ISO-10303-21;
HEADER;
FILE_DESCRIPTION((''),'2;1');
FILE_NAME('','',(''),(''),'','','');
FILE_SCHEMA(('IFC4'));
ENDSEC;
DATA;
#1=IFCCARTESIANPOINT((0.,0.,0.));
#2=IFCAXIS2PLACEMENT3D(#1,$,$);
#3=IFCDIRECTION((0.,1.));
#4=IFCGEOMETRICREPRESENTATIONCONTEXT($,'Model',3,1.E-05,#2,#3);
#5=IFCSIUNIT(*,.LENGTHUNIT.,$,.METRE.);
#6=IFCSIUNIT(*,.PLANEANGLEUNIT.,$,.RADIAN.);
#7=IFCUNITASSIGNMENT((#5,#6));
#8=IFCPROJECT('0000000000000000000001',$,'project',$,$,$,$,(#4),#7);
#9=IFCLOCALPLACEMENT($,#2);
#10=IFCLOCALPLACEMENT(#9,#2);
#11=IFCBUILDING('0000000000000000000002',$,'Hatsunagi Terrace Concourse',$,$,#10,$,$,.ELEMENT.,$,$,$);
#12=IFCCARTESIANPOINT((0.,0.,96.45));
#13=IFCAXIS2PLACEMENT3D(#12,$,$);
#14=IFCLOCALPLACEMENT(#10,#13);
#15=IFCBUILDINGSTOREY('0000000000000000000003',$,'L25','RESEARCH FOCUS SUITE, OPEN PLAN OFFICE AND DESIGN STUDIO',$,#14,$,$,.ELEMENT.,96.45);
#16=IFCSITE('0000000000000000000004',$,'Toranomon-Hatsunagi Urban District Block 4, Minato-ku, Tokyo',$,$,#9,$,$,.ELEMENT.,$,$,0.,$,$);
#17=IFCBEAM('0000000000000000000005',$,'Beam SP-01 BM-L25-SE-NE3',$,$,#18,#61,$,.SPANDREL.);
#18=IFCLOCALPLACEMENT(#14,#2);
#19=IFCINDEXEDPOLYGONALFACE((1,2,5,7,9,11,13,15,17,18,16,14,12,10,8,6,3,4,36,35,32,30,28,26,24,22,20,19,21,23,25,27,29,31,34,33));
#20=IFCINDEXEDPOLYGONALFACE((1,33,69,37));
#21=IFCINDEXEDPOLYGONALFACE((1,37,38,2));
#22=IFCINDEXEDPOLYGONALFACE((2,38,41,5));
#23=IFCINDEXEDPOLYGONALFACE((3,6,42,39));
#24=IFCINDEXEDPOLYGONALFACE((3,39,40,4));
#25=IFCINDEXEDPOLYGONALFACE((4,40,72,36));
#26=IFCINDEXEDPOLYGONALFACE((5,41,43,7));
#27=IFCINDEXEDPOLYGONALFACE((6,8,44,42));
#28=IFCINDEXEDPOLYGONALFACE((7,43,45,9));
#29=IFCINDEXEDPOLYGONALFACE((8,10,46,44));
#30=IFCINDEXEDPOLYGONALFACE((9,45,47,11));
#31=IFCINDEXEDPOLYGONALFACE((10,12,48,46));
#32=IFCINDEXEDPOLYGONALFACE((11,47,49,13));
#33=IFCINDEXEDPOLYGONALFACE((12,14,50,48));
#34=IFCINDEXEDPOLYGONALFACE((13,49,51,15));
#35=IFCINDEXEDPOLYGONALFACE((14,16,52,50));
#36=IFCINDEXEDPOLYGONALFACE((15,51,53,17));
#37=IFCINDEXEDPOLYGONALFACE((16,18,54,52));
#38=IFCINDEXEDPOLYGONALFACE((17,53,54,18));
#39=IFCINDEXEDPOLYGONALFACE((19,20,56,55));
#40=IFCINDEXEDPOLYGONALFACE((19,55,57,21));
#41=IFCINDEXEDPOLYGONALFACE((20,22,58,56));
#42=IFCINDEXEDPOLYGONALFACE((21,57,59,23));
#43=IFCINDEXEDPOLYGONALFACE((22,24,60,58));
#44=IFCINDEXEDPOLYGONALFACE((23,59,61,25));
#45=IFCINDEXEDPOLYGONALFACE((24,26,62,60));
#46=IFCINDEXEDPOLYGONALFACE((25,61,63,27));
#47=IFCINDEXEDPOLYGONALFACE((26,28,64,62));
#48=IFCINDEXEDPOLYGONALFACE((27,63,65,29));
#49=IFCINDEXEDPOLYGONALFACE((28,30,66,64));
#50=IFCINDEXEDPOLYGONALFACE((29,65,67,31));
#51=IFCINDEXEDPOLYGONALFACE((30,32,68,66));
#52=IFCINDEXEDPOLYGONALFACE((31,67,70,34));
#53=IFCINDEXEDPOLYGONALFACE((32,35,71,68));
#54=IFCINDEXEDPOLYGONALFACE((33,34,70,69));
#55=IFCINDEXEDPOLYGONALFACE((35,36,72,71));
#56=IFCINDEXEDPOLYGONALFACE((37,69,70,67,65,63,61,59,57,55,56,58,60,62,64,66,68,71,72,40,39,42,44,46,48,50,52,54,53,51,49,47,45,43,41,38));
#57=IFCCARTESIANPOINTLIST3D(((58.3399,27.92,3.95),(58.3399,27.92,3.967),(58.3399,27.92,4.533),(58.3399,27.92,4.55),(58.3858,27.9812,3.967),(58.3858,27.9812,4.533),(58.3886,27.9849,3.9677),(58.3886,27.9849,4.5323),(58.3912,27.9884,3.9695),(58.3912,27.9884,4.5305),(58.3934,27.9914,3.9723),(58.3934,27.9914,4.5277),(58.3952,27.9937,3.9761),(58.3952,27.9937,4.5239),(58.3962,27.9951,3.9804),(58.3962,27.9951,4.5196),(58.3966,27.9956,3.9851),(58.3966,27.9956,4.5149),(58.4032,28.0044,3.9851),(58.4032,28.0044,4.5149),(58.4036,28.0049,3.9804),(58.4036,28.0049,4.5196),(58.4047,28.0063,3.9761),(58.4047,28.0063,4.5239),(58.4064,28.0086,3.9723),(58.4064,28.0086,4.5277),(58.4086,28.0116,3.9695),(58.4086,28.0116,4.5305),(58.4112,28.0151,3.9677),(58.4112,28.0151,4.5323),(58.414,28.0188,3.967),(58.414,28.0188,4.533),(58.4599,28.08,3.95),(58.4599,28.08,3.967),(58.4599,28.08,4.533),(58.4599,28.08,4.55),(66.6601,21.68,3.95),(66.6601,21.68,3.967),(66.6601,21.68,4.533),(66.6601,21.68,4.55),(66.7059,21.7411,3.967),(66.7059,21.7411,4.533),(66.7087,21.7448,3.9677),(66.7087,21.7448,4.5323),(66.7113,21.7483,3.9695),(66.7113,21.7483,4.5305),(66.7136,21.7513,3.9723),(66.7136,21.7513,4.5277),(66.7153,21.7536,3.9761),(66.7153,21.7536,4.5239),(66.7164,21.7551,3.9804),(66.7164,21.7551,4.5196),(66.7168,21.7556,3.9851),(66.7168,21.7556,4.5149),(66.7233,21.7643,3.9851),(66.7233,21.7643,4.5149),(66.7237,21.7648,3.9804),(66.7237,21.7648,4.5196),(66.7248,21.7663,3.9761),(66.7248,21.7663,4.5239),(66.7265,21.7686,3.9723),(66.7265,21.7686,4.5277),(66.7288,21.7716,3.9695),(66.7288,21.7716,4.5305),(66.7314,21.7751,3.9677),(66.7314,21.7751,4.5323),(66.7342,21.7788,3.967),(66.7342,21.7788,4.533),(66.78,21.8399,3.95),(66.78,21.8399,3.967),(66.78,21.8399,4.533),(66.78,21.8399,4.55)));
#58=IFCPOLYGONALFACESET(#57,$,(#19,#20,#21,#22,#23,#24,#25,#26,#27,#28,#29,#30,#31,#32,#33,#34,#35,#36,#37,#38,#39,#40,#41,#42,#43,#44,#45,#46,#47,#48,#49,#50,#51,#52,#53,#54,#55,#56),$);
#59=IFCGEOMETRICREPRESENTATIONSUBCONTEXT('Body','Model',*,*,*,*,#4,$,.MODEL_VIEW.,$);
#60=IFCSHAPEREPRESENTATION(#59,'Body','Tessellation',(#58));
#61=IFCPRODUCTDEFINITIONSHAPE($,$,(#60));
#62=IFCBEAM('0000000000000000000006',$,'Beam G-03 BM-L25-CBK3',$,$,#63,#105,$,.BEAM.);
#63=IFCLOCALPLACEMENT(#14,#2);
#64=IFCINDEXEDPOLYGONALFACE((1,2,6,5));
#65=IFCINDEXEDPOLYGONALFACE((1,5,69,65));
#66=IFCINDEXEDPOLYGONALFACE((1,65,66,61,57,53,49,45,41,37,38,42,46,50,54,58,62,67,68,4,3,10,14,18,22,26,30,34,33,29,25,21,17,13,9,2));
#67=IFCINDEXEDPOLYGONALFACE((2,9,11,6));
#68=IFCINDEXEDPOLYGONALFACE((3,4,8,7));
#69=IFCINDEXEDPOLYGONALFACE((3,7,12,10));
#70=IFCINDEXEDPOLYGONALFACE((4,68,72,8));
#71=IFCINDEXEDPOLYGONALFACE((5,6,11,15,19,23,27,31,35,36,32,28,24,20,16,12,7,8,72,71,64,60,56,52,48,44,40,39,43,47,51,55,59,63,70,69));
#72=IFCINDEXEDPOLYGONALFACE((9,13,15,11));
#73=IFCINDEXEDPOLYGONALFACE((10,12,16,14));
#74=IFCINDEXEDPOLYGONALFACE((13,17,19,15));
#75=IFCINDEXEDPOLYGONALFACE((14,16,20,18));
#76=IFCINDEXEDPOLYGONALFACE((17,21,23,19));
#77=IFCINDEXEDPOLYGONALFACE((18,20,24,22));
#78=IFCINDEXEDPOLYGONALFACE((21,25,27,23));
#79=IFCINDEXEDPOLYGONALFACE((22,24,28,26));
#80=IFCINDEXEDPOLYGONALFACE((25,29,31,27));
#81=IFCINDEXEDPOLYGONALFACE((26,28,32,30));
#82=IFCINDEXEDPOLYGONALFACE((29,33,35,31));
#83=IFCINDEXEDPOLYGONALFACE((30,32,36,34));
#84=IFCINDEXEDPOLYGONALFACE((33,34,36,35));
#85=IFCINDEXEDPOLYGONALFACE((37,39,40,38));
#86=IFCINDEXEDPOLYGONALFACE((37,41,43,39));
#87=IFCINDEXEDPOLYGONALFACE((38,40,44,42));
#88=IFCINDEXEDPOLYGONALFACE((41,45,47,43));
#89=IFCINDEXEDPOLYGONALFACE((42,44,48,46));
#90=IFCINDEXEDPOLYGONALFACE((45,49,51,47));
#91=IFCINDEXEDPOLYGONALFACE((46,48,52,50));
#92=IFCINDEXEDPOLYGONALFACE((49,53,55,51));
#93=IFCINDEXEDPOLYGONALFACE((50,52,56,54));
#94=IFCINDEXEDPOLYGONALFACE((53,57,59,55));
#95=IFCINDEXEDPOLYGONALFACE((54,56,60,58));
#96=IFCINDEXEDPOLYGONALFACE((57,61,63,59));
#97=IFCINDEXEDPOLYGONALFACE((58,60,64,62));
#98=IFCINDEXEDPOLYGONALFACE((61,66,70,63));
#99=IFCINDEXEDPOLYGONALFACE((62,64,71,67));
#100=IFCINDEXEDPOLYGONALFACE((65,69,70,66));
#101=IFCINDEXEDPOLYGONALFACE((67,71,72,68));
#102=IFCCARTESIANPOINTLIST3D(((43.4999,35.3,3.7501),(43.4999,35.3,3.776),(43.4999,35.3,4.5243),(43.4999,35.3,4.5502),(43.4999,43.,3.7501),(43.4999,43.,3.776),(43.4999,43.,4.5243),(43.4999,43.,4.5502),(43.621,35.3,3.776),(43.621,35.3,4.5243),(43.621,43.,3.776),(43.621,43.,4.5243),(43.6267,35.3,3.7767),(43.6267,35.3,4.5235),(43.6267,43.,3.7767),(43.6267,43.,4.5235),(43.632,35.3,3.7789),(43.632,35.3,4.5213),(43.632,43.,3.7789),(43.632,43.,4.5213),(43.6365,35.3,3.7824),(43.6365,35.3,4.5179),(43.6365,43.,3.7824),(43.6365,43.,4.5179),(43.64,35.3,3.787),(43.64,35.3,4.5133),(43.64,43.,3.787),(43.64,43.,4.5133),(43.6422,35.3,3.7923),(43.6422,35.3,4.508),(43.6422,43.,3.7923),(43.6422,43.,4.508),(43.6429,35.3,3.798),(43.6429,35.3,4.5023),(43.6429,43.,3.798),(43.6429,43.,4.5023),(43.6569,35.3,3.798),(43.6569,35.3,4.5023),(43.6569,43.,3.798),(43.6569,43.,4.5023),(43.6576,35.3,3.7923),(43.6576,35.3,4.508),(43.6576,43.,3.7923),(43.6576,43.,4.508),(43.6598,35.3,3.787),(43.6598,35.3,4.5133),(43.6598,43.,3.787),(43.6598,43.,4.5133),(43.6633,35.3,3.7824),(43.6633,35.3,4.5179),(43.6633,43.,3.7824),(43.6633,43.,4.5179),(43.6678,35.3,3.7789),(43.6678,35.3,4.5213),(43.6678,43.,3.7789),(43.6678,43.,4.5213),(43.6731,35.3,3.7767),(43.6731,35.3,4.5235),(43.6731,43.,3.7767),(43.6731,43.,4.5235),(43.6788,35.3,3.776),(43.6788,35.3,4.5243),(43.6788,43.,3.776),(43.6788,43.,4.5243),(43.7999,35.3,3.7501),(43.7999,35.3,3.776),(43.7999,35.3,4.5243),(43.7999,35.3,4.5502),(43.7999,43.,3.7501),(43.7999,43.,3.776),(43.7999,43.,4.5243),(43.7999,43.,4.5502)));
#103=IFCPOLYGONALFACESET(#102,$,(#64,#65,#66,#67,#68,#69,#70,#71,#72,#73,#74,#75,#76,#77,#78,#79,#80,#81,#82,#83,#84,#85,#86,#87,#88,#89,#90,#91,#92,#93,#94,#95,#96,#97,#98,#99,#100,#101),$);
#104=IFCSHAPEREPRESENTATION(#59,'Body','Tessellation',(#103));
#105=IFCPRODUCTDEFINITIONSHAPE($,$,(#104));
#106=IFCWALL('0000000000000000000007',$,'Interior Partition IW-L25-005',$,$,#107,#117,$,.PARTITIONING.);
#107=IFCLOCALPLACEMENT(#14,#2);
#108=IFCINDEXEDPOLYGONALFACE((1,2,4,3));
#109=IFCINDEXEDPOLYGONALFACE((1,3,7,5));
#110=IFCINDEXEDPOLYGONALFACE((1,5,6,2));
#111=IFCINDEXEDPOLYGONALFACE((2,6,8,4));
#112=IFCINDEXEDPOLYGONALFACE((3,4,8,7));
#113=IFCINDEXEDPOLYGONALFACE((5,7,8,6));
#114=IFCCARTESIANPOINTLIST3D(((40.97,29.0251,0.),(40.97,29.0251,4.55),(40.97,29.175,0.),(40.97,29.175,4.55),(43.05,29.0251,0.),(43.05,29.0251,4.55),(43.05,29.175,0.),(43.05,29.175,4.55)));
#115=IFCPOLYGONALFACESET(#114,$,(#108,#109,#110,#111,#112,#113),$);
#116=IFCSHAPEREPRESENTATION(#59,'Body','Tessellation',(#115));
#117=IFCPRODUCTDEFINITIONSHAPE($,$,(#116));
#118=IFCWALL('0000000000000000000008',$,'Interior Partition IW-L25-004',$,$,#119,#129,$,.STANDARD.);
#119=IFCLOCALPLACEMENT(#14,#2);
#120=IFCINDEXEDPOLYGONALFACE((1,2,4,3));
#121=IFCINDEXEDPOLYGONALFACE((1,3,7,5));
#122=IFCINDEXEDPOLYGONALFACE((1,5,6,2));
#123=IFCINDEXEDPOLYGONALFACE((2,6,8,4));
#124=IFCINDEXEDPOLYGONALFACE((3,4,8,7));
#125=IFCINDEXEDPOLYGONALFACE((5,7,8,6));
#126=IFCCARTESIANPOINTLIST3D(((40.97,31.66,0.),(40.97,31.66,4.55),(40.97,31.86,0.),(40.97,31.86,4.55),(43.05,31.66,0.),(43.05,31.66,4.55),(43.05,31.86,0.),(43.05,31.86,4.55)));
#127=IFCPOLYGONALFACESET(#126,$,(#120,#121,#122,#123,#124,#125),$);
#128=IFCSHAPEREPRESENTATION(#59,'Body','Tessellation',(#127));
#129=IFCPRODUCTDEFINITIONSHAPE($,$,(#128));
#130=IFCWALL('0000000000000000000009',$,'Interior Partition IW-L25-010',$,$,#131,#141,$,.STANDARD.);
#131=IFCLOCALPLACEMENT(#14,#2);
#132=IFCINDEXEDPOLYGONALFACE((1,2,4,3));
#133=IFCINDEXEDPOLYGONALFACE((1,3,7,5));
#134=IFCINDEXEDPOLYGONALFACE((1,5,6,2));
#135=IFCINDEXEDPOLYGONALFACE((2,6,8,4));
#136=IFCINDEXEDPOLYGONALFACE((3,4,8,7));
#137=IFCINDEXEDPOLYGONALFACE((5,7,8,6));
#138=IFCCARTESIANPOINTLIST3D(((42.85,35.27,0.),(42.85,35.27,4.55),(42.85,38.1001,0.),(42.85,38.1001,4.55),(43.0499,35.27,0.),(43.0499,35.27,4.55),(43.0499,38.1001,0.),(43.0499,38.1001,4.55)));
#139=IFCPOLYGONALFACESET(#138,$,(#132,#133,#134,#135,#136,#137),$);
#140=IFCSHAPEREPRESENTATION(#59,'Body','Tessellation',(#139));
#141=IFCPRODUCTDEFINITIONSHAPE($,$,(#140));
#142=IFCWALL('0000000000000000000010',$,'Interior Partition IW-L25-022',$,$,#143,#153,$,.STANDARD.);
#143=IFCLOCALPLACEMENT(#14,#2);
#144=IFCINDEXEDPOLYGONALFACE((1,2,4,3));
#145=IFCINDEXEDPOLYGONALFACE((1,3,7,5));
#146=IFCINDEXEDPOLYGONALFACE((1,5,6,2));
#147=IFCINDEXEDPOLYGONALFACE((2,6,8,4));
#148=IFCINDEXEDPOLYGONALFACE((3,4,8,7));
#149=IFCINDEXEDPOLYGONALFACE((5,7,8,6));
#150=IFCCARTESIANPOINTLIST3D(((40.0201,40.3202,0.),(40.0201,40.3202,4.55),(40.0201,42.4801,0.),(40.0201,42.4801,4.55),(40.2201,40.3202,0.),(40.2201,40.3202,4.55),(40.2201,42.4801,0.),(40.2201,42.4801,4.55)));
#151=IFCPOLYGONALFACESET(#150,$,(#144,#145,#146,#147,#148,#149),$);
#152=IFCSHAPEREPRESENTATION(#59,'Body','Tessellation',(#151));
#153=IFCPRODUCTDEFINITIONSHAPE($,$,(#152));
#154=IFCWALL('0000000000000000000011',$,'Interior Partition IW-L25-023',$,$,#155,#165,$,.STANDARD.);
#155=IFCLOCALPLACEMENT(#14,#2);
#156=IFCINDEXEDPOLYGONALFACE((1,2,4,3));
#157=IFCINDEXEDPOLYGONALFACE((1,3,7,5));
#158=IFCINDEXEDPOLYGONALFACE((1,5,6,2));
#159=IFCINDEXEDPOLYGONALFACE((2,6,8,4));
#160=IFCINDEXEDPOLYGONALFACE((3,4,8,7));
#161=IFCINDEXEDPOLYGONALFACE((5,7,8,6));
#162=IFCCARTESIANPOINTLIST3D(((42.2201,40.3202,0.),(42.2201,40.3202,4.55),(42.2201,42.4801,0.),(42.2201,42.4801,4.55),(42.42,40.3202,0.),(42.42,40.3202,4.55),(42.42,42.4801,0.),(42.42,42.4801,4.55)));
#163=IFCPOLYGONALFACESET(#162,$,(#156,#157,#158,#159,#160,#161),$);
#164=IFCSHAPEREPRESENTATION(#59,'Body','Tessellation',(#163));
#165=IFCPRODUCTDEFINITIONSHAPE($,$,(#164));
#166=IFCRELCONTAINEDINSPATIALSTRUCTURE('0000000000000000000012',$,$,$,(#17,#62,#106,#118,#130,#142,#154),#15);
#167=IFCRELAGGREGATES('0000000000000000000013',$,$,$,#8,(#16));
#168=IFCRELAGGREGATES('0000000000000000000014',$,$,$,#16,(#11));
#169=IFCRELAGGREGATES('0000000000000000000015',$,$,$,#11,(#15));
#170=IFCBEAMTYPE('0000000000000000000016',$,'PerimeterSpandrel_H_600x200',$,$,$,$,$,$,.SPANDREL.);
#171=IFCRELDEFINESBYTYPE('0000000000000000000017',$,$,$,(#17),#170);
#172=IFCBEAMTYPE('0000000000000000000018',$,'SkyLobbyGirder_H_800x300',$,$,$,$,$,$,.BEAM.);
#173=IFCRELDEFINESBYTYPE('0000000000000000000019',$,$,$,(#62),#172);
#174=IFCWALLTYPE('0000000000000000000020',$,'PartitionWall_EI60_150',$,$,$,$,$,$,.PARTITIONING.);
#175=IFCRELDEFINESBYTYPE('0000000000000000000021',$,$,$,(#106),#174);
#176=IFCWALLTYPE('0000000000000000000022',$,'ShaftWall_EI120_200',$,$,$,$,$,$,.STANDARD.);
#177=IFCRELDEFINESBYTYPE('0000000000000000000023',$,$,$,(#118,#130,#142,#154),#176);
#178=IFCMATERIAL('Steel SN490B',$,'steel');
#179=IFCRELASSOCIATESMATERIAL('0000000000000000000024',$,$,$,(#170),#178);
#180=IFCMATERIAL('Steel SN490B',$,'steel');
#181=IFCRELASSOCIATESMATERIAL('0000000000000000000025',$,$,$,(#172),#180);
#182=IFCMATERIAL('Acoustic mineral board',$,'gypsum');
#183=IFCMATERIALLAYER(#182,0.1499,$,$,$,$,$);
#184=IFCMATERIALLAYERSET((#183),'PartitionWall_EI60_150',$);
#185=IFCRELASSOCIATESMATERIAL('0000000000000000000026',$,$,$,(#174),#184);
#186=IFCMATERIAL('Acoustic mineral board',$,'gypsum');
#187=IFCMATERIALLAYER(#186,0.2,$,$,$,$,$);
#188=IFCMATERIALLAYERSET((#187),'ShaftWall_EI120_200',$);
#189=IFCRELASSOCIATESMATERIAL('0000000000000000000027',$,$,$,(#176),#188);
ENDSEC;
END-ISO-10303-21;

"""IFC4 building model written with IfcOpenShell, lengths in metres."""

from ifc_helpers import new_model, si_unit, direction, frame, frame_2d, origin, origin_2d, place, context, subcontext, project, spatial, rectangle, i_section, extrude, material, layer, layer_set, material_profile, profile_set, type_object, element, save


model = new_model("IFC4")

# Units and contexts
model_context = context("Model", 3, precision=1e-05, world=origin(), true_north=direction((0.0, 1.0)))
body_context = subcontext(model_context, "Body", "Model", "MODEL_VIEW")
ifc_project = project(units=[si_unit("LENGTHUNIT", "METRE"), si_unit("PLANEANGLEUNIT", "RADIAN")], contexts=[model_context])

# Site, building, storey
site_placement = place(None, origin())
site = spatial("IfcSite", under=ifc_project, at=site_placement, Name="Toranomon-Hatsunagi Urban District Block 4, Minato-ku, Tokyo", CompositionType="ELEMENT", RefElevation=0.0)
building_placement = place(site_placement, origin())
building = spatial("IfcBuilding", under=site, at=building_placement, Name="Hatsunagi Terrace Concourse", CompositionType="ELEMENT")
storey_placement = place(building_placement, frame((0.0, 0.0, 96.45)))
storey = spatial("IfcBuildingStorey", under=building, at=storey_placement, Name="L25", Description="RESEARCH FOCUS SUITE, OPEN PLAN OFFICE AND DESIGN STUDIO", CompositionType="ELEMENT", Elevation=96.45)

# Beams
ifc_material_1 = material(Name="Steel SN490B", Category="steel")
ifc_material_profile_1 = material_profile(ifc_material_1, i_section(OverallWidth=0.2, OverallDepth=0.6001, WebThickness=0.011, FlangeThickness=0.0171, FilletRadius=0.0181, at=origin_2d()), Name="H-600x200x11x17")
ifc_profile_set_1 = profile_set([ifc_material_profile_1], Name="Steel SN490B")
beam_type_1 = type_object("IfcBeamType", Name="PerimeterSpandrel_H_600x200", PredefinedType="SPANDREL", material=ifc_profile_set_1)
beam_1_placement = place(storey_placement, frame((58.3999, 28.0, 4.25), z_axis=(0.800003, -0.599996, 0.0), x_axis=(0.599996, 0.800003, 0.0)))
element("IfcBeam", 1, at=beam_1_placement, inside=storey, type_object=beam_type_1, Name="Beam SP-01 BM-L25-SE-NE3", PredefinedType="SPANDREL", context=body_context, shape_type="SweptSolid", body=[
    extrude(i_section(OverallWidth=0.2, OverallDepth=0.6001, WebThickness=0.011, FlangeThickness=0.0171, FilletRadius=0.0181, at=origin_2d()), origin(), (0.0, 0.0, 1.0), 10.4001),
])
ifc_material_2 = material(Name="Steel SN490B", Category="steel")
ifc_material_profile_2 = material_profile(ifc_material_2, i_section(OverallWidth=0.3, OverallDepth=0.8, WebThickness=0.0139, FlangeThickness=0.0259, FilletRadius=0.022, at=origin_2d()), Name="H-800x300x14x26")
ifc_profile_set_2 = profile_set([ifc_material_profile_2], Name="Steel SN490B")
beam_type_2 = type_object("IfcBeamType", Name="SkyLobbyGirder_H_800x300", PredefinedType="BEAM", material=ifc_profile_set_2)
beam_2_placement = place(storey_placement, frame((43.6499, 35.3, 4.1501), z_axis=(0.0, 1.0, 0.0), x_axis=(-1.0, 0.0, 0.0)))
element("IfcBeam", 2, at=beam_2_placement, inside=storey, type_object=beam_type_2, Name="Beam G-03 BM-L25-CBK3", PredefinedType="BEAM", context=body_context, shape_type="SweptSolid", body=[
    extrude(i_section(OverallWidth=0.3, OverallDepth=0.8, WebThickness=0.0139, FlangeThickness=0.0259, FilletRadius=0.022, at=origin_2d()), origin(), (0.0, 0.0, 1.0), 7.7),
])

# Walls
ifc_material_3 = material(Name="Acoustic mineral board", Category="gypsum")
ifc_layer_1 = layer(ifc_material_3, 0.1499)
ifc_layer_set_1 = layer_set([ifc_layer_1], Name="PartitionWall_EI60_150")
wall_type_1 = type_object("IfcWallType", Name="PartitionWall_EI60_150", PredefinedType="PARTITIONING", material=ifc_layer_set_1)
wall_1_placement = place(storey_placement, frame((40.97, 29.1001, 0.0), z_axis=(0.0, 0.0, 1.0), x_axis=(1.0, 0.0, 0.0)))
element("IfcWall", 3, at=wall_1_placement, inside=storey, type_object=wall_type_1, Name="Interior Partition IW-L25-005", PredefinedType="PARTITIONING", context=body_context, shape_type="SweptSolid", body=[
    extrude(rectangle(XDim=2.0801, YDim=0.1499, at=frame_2d((1.04, 0.0))), origin(), (0.0, 0.0, 1.0), 4.55),
])
ifc_material_4 = material(Name="Acoustic mineral board", Category="gypsum")
ifc_layer_2 = layer(ifc_material_4, 0.2)
ifc_layer_set_2 = layer_set([ifc_layer_2], Name="ShaftWall_EI120_200")
wall_type_2 = type_object("IfcWallType", Name="ShaftWall_EI120_200", PredefinedType="STANDARD", material=ifc_layer_set_2)
wall_2_placement = place(storey_placement, frame((40.97, 31.76, 0.0), z_axis=(0.0, 0.0, 1.0), x_axis=(1.0, 0.0, 0.0)))
element("IfcWall", 4, at=wall_2_placement, inside=storey, type_object=wall_type_2, Name="Interior Partition IW-L25-004", PredefinedType="STANDARD", context=body_context, shape_type="SweptSolid", body=[
    extrude(rectangle(XDim=2.0801, YDim=0.2, at=frame_2d((1.04, 0.0))), origin(), (0.0, 0.0, 1.0), 4.55),
])
wall_3_placement = place(storey_placement, frame((42.95, 35.27, 0.0), z_axis=(0.0, 0.0, 1.0), x_axis=(0.0, 1.0, 0.0)))
element("IfcWall", 5, at=wall_3_placement, inside=storey, type_object=wall_type_2, Name="Interior Partition IW-L25-010", PredefinedType="STANDARD", context=body_context, shape_type="SweptSolid", body=[
    extrude(rectangle(XDim=2.8301, YDim=0.2, at=frame_2d((1.415, 0.0))), origin(), (0.0, 0.0, 1.0), 4.55),
])
for number, where, z_axis, x_axis, name in (
    (6, (40.1201, 40.3201, 0.0), (0.0, 0.0, 1.0), (0.0, 1.0, 0.0), "Interior Partition IW-L25-022"),
    (7, (42.3201, 40.3201, 0.0), (0.0, 0.0, 1.0), (0.0, 1.0, 0.0), "Interior Partition IW-L25-023"),
):
    element("IfcWall", number, at=place(storey_placement, frame(where, z_axis=z_axis, x_axis=x_axis)), inside=storey, type_object=wall_type_2, Name=name, PredefinedType="STANDARD", context=body_context, shape_type="SweptSolid", body=[
        extrude(rectangle(XDim=2.1599, YDim=0.2, at=frame_2d((1.0801, 0.0))), origin(), (0.0, 0.0, 1.0), 4.55),
    ])

save(model, "model.ifc")
